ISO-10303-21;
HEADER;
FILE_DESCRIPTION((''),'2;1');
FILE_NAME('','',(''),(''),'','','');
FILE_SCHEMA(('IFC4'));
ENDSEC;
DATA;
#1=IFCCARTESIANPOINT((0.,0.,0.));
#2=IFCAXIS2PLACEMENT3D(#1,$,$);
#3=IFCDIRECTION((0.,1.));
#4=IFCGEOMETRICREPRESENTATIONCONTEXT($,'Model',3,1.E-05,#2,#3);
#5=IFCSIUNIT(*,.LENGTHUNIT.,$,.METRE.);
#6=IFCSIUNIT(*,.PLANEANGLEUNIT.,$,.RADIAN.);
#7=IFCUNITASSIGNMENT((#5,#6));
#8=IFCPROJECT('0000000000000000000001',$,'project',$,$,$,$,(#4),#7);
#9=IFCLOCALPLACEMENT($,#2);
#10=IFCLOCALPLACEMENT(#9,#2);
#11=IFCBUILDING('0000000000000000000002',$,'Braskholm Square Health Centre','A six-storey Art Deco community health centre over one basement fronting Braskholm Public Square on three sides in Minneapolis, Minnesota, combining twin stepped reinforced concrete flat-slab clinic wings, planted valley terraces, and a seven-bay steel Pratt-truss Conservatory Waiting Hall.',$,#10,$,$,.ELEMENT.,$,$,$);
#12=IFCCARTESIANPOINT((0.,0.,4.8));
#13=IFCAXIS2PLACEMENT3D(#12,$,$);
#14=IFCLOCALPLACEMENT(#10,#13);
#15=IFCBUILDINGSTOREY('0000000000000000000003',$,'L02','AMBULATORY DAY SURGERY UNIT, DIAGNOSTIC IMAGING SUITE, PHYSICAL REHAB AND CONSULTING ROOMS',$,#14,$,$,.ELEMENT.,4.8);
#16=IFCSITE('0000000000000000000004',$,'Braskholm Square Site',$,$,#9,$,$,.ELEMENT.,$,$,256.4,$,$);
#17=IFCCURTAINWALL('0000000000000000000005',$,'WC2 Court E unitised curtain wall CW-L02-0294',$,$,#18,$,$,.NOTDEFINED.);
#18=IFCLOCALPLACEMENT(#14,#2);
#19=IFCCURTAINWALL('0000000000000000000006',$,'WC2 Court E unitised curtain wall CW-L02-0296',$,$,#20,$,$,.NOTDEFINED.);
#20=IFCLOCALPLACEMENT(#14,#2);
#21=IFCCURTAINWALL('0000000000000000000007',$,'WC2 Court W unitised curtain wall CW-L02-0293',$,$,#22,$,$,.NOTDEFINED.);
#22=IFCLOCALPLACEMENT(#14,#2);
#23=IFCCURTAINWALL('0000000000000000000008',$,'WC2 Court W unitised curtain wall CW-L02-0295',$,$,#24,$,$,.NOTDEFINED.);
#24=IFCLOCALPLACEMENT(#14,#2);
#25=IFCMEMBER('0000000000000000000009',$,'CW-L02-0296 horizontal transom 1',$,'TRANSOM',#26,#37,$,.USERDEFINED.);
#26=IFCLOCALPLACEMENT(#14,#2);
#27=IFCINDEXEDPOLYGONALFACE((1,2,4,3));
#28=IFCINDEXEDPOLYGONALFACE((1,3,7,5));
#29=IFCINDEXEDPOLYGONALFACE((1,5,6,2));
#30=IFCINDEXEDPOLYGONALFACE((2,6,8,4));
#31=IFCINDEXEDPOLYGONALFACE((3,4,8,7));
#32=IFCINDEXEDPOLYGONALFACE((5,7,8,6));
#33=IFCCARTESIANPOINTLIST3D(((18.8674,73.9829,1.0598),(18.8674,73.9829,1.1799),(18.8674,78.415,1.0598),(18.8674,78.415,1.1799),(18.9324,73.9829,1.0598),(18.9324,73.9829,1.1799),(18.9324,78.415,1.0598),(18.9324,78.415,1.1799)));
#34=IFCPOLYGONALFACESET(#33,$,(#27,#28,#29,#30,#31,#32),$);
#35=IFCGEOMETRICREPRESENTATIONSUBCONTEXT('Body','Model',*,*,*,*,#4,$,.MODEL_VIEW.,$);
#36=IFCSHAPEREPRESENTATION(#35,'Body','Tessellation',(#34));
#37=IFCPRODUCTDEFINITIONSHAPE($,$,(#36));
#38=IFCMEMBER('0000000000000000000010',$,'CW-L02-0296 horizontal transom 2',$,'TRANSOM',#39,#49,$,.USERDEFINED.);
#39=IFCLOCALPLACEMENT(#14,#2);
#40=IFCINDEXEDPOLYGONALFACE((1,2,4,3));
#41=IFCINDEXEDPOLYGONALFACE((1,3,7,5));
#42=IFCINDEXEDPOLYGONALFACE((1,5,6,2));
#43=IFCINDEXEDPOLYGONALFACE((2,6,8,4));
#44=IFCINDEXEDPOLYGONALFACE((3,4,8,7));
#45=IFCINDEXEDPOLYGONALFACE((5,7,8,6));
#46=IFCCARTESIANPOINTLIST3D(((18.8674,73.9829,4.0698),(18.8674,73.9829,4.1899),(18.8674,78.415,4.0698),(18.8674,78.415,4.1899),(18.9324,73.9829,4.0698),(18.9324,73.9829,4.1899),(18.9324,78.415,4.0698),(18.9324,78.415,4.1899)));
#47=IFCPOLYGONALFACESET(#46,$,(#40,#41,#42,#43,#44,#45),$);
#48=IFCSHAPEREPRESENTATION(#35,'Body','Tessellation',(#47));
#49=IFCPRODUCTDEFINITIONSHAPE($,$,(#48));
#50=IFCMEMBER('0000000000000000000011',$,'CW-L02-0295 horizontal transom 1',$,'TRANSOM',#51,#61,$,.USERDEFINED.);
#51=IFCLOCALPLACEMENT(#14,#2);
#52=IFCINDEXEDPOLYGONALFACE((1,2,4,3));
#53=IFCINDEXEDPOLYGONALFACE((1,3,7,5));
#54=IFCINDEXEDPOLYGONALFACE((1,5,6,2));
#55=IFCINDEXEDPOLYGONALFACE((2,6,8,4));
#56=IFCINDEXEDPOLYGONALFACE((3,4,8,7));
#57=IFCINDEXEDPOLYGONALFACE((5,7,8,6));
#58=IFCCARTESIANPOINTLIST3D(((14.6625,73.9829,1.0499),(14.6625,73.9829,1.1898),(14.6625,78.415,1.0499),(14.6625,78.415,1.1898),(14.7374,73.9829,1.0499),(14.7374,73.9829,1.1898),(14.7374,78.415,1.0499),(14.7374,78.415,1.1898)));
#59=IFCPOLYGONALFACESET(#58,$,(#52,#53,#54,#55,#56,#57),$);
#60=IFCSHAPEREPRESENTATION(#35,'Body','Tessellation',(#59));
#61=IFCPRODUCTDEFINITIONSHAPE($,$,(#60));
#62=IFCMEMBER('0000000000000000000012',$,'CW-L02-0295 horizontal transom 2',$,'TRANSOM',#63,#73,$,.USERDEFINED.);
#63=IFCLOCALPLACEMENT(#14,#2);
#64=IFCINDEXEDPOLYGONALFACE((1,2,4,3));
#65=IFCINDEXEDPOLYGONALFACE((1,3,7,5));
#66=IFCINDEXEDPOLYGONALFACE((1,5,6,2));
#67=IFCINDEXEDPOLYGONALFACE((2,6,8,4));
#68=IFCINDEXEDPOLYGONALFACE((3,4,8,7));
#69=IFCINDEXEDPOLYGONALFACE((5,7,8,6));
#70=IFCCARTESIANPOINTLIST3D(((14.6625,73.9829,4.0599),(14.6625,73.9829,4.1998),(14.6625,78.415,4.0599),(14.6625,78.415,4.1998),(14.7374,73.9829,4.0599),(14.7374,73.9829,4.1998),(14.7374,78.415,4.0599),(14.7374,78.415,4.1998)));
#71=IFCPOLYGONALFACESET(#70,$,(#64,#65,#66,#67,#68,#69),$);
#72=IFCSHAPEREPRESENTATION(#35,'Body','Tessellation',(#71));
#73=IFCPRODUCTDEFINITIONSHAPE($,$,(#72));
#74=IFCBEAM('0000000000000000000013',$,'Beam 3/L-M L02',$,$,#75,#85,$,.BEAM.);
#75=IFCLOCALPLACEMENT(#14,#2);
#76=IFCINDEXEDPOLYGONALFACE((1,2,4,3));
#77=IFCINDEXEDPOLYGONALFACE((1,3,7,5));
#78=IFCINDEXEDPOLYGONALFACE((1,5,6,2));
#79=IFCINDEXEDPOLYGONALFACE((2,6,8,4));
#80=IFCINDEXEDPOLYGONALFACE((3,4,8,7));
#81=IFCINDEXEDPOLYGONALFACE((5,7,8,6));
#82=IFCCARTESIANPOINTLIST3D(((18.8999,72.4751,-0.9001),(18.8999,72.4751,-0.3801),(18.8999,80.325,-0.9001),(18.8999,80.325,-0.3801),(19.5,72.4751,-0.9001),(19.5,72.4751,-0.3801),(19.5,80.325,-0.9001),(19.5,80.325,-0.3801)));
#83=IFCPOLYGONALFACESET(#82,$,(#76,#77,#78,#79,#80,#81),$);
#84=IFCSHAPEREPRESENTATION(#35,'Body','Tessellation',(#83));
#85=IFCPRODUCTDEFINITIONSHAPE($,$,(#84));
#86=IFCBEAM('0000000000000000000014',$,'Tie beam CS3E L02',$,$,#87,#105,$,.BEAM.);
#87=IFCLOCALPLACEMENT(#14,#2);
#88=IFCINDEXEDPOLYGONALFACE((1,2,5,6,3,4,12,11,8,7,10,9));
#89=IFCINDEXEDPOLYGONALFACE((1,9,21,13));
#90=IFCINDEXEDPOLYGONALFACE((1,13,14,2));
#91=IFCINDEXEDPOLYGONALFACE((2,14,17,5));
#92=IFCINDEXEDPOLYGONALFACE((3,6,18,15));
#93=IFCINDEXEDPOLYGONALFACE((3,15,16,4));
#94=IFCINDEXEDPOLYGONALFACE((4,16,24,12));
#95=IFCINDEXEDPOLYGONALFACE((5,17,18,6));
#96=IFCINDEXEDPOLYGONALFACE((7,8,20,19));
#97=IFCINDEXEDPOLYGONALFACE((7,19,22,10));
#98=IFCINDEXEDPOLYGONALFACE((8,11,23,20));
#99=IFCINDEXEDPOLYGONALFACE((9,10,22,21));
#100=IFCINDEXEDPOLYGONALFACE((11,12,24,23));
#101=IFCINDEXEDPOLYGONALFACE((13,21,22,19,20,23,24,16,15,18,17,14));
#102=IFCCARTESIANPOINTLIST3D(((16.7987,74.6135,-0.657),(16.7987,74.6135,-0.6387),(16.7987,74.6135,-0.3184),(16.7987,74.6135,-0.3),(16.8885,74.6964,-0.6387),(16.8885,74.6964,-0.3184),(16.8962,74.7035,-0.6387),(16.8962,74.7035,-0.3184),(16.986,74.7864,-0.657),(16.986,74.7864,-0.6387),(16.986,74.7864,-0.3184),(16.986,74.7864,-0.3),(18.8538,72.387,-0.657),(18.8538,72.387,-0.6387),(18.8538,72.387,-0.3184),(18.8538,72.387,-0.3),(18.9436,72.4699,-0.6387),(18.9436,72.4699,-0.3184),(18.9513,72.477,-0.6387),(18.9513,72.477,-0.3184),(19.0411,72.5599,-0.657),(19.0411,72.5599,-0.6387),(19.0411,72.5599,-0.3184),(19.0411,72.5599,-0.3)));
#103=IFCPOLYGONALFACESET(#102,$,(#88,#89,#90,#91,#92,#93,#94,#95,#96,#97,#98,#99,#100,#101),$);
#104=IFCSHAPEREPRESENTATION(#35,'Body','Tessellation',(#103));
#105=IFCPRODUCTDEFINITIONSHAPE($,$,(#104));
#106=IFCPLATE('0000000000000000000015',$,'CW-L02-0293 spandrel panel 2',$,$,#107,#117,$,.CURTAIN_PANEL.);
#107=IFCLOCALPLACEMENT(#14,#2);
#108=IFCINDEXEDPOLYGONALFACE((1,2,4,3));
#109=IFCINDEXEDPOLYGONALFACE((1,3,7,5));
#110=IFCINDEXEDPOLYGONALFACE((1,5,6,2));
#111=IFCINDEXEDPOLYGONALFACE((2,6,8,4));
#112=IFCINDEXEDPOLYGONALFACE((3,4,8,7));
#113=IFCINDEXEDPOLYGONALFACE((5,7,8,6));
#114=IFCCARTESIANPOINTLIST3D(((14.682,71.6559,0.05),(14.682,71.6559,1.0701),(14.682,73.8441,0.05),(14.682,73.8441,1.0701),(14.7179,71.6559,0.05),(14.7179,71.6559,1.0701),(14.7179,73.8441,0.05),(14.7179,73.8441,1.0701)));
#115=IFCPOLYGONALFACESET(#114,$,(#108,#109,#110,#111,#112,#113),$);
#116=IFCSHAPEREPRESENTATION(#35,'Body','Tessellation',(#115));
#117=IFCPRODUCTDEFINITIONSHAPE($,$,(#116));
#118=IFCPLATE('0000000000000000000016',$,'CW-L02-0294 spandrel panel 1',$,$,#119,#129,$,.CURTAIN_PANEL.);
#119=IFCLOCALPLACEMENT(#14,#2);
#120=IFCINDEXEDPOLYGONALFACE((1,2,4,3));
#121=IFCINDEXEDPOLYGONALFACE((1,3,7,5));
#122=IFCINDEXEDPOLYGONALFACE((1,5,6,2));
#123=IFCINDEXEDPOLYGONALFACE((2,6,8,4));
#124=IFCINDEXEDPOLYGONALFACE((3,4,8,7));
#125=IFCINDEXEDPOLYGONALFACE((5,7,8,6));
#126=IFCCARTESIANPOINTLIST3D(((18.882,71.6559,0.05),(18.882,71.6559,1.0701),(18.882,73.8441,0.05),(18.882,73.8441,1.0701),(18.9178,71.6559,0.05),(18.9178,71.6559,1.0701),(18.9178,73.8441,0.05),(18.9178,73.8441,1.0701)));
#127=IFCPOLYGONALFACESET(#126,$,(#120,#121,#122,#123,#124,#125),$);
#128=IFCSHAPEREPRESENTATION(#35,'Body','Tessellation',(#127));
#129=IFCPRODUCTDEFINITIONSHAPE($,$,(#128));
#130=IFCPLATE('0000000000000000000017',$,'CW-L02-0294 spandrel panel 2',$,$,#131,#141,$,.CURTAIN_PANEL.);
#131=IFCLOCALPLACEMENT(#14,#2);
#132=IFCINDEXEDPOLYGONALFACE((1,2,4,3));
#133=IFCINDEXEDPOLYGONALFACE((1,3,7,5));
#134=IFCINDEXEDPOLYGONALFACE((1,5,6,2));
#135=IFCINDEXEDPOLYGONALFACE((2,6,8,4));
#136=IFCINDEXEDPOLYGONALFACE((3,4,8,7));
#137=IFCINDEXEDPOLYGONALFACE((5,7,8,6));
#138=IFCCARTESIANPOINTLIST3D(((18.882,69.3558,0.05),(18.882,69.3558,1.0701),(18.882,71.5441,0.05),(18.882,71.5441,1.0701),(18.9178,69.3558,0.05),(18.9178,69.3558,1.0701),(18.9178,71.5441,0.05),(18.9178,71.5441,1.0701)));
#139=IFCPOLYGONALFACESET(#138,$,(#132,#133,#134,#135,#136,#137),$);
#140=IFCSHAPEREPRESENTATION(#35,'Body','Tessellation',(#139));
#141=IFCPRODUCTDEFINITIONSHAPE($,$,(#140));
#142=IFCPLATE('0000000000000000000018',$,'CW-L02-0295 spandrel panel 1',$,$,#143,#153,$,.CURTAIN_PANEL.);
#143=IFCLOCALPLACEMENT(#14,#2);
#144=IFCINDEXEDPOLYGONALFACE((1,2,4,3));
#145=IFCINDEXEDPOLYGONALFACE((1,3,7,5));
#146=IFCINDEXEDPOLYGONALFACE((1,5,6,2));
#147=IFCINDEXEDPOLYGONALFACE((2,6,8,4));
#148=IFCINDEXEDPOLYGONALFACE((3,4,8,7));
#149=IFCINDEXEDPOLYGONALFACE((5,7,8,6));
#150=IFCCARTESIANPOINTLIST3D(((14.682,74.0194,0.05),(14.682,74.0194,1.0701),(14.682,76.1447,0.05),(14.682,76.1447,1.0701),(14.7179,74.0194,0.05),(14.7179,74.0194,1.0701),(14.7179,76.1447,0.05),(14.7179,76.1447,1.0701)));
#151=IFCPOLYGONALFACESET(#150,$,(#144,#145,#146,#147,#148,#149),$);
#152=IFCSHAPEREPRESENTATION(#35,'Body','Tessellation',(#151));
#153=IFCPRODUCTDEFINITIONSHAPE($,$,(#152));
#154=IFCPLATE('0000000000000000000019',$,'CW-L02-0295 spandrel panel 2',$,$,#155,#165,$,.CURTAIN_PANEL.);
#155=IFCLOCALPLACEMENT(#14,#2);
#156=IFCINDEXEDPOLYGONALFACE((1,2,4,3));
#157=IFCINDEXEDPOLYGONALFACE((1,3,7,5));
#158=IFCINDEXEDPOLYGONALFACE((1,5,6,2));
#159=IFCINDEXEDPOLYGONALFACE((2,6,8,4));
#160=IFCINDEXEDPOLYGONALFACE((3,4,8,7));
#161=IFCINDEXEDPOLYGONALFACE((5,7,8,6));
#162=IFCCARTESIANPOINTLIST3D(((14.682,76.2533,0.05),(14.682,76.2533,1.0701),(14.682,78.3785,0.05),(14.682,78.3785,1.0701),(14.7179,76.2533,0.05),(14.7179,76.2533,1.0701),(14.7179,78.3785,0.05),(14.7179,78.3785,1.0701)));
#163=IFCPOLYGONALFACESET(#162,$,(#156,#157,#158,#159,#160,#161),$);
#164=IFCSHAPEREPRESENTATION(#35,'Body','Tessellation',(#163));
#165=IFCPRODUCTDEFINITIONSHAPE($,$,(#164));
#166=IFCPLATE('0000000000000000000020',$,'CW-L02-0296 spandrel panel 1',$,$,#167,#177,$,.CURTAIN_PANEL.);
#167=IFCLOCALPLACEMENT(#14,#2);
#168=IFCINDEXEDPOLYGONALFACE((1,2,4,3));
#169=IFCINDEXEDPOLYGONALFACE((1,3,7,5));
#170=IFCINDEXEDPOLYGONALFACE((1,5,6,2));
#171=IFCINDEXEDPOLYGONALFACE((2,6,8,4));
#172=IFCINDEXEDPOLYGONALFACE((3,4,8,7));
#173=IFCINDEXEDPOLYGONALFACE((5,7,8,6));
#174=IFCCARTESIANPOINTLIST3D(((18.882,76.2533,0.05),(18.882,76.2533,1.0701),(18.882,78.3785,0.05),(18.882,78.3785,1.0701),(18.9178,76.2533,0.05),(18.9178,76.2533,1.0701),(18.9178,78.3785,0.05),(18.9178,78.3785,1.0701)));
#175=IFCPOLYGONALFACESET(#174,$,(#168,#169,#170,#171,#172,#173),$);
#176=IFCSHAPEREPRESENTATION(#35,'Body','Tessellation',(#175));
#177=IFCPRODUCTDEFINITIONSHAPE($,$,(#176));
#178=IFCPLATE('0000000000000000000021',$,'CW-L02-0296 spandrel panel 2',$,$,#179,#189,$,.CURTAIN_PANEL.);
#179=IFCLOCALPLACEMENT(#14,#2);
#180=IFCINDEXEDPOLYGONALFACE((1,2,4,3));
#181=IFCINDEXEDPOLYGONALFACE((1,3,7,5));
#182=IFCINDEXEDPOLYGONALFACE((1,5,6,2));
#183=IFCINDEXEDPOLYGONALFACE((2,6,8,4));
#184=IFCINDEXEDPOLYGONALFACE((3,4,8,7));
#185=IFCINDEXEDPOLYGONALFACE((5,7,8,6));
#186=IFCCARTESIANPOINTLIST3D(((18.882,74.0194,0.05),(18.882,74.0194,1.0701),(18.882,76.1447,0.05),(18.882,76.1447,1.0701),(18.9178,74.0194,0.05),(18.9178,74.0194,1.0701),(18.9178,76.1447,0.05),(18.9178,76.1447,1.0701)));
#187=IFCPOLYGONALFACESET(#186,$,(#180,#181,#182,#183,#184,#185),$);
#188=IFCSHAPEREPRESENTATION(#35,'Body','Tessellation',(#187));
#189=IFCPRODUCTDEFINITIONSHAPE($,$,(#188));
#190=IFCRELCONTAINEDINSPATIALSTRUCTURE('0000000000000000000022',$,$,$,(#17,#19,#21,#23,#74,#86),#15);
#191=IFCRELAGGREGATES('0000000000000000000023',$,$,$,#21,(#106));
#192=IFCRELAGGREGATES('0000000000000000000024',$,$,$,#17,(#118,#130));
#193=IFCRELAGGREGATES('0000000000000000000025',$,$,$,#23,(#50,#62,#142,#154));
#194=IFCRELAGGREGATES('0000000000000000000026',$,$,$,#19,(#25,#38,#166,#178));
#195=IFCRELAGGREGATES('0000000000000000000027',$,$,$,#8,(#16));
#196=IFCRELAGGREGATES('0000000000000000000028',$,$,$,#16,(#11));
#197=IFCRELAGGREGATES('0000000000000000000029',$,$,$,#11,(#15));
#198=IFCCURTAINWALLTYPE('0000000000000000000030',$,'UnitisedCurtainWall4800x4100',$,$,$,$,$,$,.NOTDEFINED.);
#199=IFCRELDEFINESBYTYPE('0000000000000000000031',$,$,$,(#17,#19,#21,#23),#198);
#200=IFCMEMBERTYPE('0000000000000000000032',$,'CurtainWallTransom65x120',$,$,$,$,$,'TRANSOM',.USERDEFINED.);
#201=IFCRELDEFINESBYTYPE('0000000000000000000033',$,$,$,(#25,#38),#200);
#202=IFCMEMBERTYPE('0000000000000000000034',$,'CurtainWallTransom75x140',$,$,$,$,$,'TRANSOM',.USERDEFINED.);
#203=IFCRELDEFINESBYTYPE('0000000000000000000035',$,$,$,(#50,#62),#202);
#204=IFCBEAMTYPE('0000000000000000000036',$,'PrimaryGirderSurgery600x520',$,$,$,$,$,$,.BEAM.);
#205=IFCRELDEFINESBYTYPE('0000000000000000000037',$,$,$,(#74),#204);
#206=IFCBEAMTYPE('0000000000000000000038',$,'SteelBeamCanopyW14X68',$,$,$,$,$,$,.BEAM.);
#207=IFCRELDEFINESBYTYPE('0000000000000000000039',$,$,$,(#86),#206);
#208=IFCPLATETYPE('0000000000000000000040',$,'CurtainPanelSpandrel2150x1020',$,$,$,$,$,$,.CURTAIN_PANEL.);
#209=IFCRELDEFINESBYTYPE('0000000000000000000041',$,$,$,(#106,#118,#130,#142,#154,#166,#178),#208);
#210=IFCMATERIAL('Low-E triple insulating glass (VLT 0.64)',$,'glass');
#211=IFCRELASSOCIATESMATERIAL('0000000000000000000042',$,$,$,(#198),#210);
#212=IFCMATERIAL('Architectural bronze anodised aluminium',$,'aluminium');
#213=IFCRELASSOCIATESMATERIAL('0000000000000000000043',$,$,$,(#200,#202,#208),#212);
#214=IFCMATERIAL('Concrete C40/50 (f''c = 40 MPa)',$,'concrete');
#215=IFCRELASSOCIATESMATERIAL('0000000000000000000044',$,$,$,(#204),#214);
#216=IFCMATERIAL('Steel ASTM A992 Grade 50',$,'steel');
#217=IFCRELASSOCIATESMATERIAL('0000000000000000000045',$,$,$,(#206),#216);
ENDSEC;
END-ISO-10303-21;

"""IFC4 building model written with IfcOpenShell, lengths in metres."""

from ifc_helpers import new_model, si_unit, direction, frame, origin, origin_2d, place, context, subcontext, project, spatial, rectangle, i_section, extrude, material, material_profile, profile_set, type_object, element, aggregate, save


model = new_model("IFC4")

# Units and contexts
model_context = context("Model", 3, precision=1e-05, world=origin(), true_north=direction((0.0, 1.0)))
body_context = subcontext(model_context, "Body", "Model", "MODEL_VIEW")
ifc_project = project(units=[si_unit("LENGTHUNIT", "METRE"), si_unit("PLANEANGLEUNIT", "RADIAN")], contexts=[model_context])

# Site, building, storey
site_placement = place(None, origin())
site = spatial("IfcSite", under=ifc_project, at=site_placement, Name="Braskholm Square Site", CompositionType="ELEMENT", RefElevation=256.4)
building_placement = place(site_placement, origin())
building = spatial("IfcBuilding", under=site, at=building_placement, Name="Braskholm Square Health Centre", Description="A six-storey Art Deco community health centre over one basement fronting Braskholm Public Square on three sides in Minneapolis, Minnesota, combining twin stepped reinforced concrete flat-slab clinic wings, planted valley terraces, and a seven-bay steel Pratt-truss Conservatory Waiting Hall.", CompositionType="ELEMENT")
storey_placement = place(building_placement, frame((0.0, 0.0, 4.8)))
storey = spatial("IfcBuildingStorey", under=building, at=storey_placement, Name="L02", Description="AMBULATORY DAY SURGERY UNIT, DIAGNOSTIC IMAGING SUITE, PHYSICAL REHAB AND CONSULTING ROOMS", CompositionType="ELEMENT", Elevation=4.8)

# Shared definitions
ifc_material_1 = material(Name="Concrete C40/50 (f'c = 40 MPa)", Category="concrete")

# Curtain walls
ifc_material_2 = material(Name="Low-E triple insulating glass (VLT 0.64)", Category="glass")
curtain_wall_type = type_object("IfcCurtainWallType", Name="UnitisedCurtainWall4800x4100", PredefinedType="NOTDEFINED", material=ifc_material_2)
curtain_wall_1_placement = place(storey_placement, origin())
curtain_wall_1 = element("IfcCurtainWall", 1, at=curtain_wall_1_placement, inside=storey, type_object=curtain_wall_type, Name="WC2 Court E unitised curtain wall CW-L02-0294", PredefinedType="NOTDEFINED")
ifc_material_3 = material(Name="Architectural bronze anodised aluminium", Category="aluminium")
curtain_wall_2_placement = place(storey_placement, origin())
curtain_wall_2 = element("IfcCurtainWall", 2, at=curtain_wall_2_placement, inside=storey, type_object=curtain_wall_type, Name="WC2 Court E unitised curtain wall CW-L02-0296", PredefinedType="NOTDEFINED")
curtain_wall_3_placement = place(storey_placement, origin())
curtain_wall_3 = element("IfcCurtainWall", 3, at=curtain_wall_3_placement, inside=storey, type_object=curtain_wall_type, Name="WC2 Court W unitised curtain wall CW-L02-0293", PredefinedType="NOTDEFINED")
curtain_wall_4_placement = place(storey_placement, origin())
curtain_wall_4 = element("IfcCurtainWall", 4, at=curtain_wall_4_placement, inside=storey, type_object=curtain_wall_type, Name="WC2 Court W unitised curtain wall CW-L02-0295", PredefinedType="NOTDEFINED")

# Members
ifc_material_profile_1 = material_profile(ifc_material_3, rectangle(XDim=0.0649, YDim=0.1201, at=origin_2d()), Name="ALU-65X120")
ifc_profile_set_1 = profile_set([ifc_material_profile_1], Name="Architectural bronze anodised aluminium")
member_type_1 = type_object("IfcMemberType", Name="CurtainWallTransom65x120", ElementType="TRANSOM", PredefinedType="USERDEFINED", material=ifc_profile_set_1)
member_1_placement = place(storey_placement, frame((18.8999, 78.415, 1.1199), z_axis=(0.0, -1.0, 0.0), x_axis=(1.0, 0.0, 0.0)))
member_1 = element("IfcMember", 5, at=member_1_placement, type_object=member_type_1, Name="CW-L02-0296 horizontal transom 1", ObjectType="TRANSOM", PredefinedType="USERDEFINED", context=body_context, shape_type="SweptSolid", body=[
    extrude(rectangle(XDim=0.0649, YDim=0.1201, at=origin_2d()), origin(), (0.0, 0.0, 1.0), 4.4321),
])
member_2_placement = place(storey_placement, frame((18.8999, 78.415, 4.1299), z_axis=(0.0, -1.0, 0.0), x_axis=(1.0, 0.0, 0.0)))
member_2 = element("IfcMember", 6, at=member_2_placement, type_object=member_type_1, Name="CW-L02-0296 horizontal transom 2", ObjectType="TRANSOM", PredefinedType="USERDEFINED", context=body_context, shape_type="SweptSolid", body=[
    extrude(rectangle(XDim=0.0649, YDim=0.1201, at=origin_2d()), origin(), (0.0, 0.0, 1.0), 4.4321),
])
ifc_material_profile_2 = material_profile(ifc_material_3, rectangle(XDim=0.075, YDim=0.1399, at=origin_2d()), Name="ALU-75X140")
ifc_profile_set_2 = profile_set([ifc_material_profile_2], Name="Architectural bronze anodised aluminium")
member_type_2 = type_object("IfcMemberType", Name="CurtainWallTransom75x140", ElementType="TRANSOM", PredefinedType="USERDEFINED", material=ifc_profile_set_2)
member_3_placement = place(storey_placement, frame((14.7, 73.9829, 1.1199), z_axis=(0.0, 1.0, 0.0), x_axis=(-1.0, 0.0, 0.0)))
member_3 = element("IfcMember", 7, at=member_3_placement, type_object=member_type_2, Name="CW-L02-0295 horizontal transom 1", ObjectType="TRANSOM", PredefinedType="USERDEFINED", context=body_context, shape_type="SweptSolid", body=[
    extrude(rectangle(XDim=0.075, YDim=0.1399, at=origin_2d()), origin(), (0.0, 0.0, 1.0), 4.4321),
])
member_4_placement = place(storey_placement, frame((14.7, 73.9829, 4.1299), z_axis=(0.0, 1.0, 0.0), x_axis=(-1.0, 0.0, 0.0)))
member_4 = element("IfcMember", 8, at=member_4_placement, type_object=member_type_2, Name="CW-L02-0295 horizontal transom 2", ObjectType="TRANSOM", PredefinedType="USERDEFINED", context=body_context, shape_type="SweptSolid", body=[
    extrude(rectangle(XDim=0.075, YDim=0.1399, at=origin_2d()), origin(), (0.0, 0.0, 1.0), 4.4321),
])

# Beams
ifc_material_profile_3 = material_profile(ifc_material_1, rectangle(XDim=0.6001, YDim=0.52, at=origin_2d()), Name="RCB-600X520")
ifc_profile_set_3 = profile_set([ifc_material_profile_3], Name="Concrete C40/50 (f'c = 40 MPa)")
beam_type_1 = type_object("IfcBeamType", Name="PrimaryGirderSurgery600x520", PredefinedType="BEAM", material=ifc_profile_set_3)
beam_1_placement = place(storey_placement, frame((19.2, 72.4751, -0.6401), z_axis=(0.0, 1.0, 0.0), x_axis=(-1.0, 0.0, 0.0)))
element("IfcBeam", 9, at=beam_1_placement, inside=storey, type_object=beam_type_1, Name="Beam 3/L-M L02", PredefinedType="BEAM", context=body_context, shape_type="SweptSolid", body=[
    extrude(rectangle(XDim=0.6001, YDim=0.52, at=origin_2d()), origin(), (0.0, 0.0, 1.0), 7.8499),
])
ifc_material_4 = material(Name="Steel ASTM A992 Grade 50", Category="steel")
ifc_material_profile_4 = material_profile(ifc_material_4, i_section(OverallWidth=0.2549, OverallDepth=0.3569, WebThickness=0.0105, FlangeThickness=0.0183, at=origin_2d()), Name="W14X68")
ifc_profile_set_4 = profile_set([ifc_material_profile_4], Name="Steel ASTM A992 Grade 50")
beam_type_2 = type_object("IfcBeamType", Name="SteelBeamCanopyW14X68", PredefinedType="BEAM", material=ifc_profile_set_4)
beam_2_placement = place(storey_placement, frame((16.8923, 74.7, -0.4785), z_axis=(0.67826, -0.734822, 0.0), x_axis=(0.734822, 0.67826, 0.0)))
element("IfcBeam", 10, at=beam_2_placement, inside=storey, type_object=beam_type_2, Name="Tie beam CS3E L02", PredefinedType="BEAM", context=body_context, shape_type="SweptSolid", body=[
    extrude(i_section(OverallWidth=0.2549, OverallDepth=0.3569, WebThickness=0.0105, FlangeThickness=0.0183, at=origin_2d()), origin(), (0.0, 0.0, 1.0), 3.03),
])

# Plates
plate_type_1 = type_object("IfcPlateType", Name="CurtainPanelSpandrel2150x1020", PredefinedType="CURTAIN_PANEL", material=ifc_material_3)
plate_1_placement = place(storey_placement, frame((14.7, 72.75, 0.05), z_axis=(0.0, 0.0, 1.0), x_axis=(0.0, 1.0, 0.0)))
plate_1 = element("IfcPlate", 11, at=plate_1_placement, type_object=plate_type_1, Name="CW-L02-0293 spandrel panel 2", PredefinedType="CURTAIN_PANEL", context=body_context, shape_type="SweptSolid", body=[
    extrude(rectangle(XDim=2.1882, YDim=0.0359, at=origin_2d()), origin(), (0.0, 0.0, 1.0), 1.02),
])
plate_2_placement = place(storey_placement, frame((18.8999, 72.75, 0.05), z_axis=(0.0, 0.0, 1.0), x_axis=(0.0, -1.0, 0.0)))
plate_2 = element("IfcPlate", 12, at=plate_2_placement, type_object=plate_type_1, Name="CW-L02-0294 spandrel panel 1", PredefinedType="CURTAIN_PANEL", context=body_context, shape_type="SweptSolid", body=[
    extrude(rectangle(XDim=2.1882, YDim=0.0359, at=origin_2d()), origin(), (0.0, 0.0, 1.0), 1.02),
])
plate_3_placement = place(storey_placement, frame((18.8999, 70.45, 0.05), z_axis=(0.0, 0.0, 1.0), x_axis=(0.0, -1.0, 0.0)))
plate_3 = element("IfcPlate", 13, at=plate_3_placement, type_object=plate_type_1, Name="CW-L02-0294 spandrel panel 2", PredefinedType="CURTAIN_PANEL", context=body_context, shape_type="SweptSolid", body=[
    extrude(rectangle(XDim=2.1882, YDim=0.0359, at=origin_2d()), origin(), (0.0, 0.0, 1.0), 1.02),
])
plate_4_placement = place(storey_placement, frame((14.7, 75.082, 0.05), z_axis=(0.0, 0.0, 1.0), x_axis=(0.0, 1.0, 0.0)))
plate_4 = element("IfcPlate", 14, at=plate_4_placement, type_object=plate_type_1, Name="CW-L02-0295 spandrel panel 1", PredefinedType="CURTAIN_PANEL", context=body_context, shape_type="SweptSolid", body=[
    extrude(rectangle(XDim=2.1252, YDim=0.0359, at=origin_2d()), origin(), (0.0, 0.0, 1.0), 1.02),
])
plate_5_placement = place(storey_placement, frame((14.7, 77.3159, 0.05), z_axis=(0.0, 0.0, 1.0), x_axis=(0.0, 1.0, 0.0)))
plate_5 = element("IfcPlate", 15, at=plate_5_placement, type_object=plate_type_1, Name="CW-L02-0295 spandrel panel 2", PredefinedType="CURTAIN_PANEL", context=body_context, shape_type="SweptSolid", body=[
    extrude(rectangle(XDim=2.1252, YDim=0.0359, at=origin_2d()), origin(), (0.0, 0.0, 1.0), 1.02),
])
plate_6_placement = place(storey_placement, frame((18.8999, 77.3159, 0.05), z_axis=(0.0, 0.0, 1.0), x_axis=(0.0, -1.0, 0.0)))
plate_6 = element("IfcPlate", 16, at=plate_6_placement, type_object=plate_type_1, Name="CW-L02-0296 spandrel panel 1", PredefinedType="CURTAIN_PANEL", context=body_context, shape_type="SweptSolid", body=[
    extrude(rectangle(XDim=2.1252, YDim=0.0359, at=origin_2d()), origin(), (0.0, 0.0, 1.0), 1.02),
])
plate_7_placement = place(storey_placement, frame((18.8999, 75.082, 0.05), z_axis=(0.0, 0.0, 1.0), x_axis=(0.0, -1.0, 0.0)))
plate_7 = element("IfcPlate", 17, at=plate_7_placement, type_object=plate_type_1, Name="CW-L02-0296 spandrel panel 2", PredefinedType="CURTAIN_PANEL", context=body_context, shape_type="SweptSolid", body=[
    extrude(rectangle(XDim=2.1252, YDim=0.0359, at=origin_2d()), origin(), (0.0, 0.0, 1.0), 1.02),
])
aggregate(curtain_wall_3, [plate_1])
aggregate(curtain_wall_1, [plate_2, plate_3])
aggregate(curtain_wall_4, [member_3, member_4, plate_4, plate_5])
aggregate(curtain_wall_2, [member_1, member_2, plate_6, plate_7])

save(model, "model.ifc")
